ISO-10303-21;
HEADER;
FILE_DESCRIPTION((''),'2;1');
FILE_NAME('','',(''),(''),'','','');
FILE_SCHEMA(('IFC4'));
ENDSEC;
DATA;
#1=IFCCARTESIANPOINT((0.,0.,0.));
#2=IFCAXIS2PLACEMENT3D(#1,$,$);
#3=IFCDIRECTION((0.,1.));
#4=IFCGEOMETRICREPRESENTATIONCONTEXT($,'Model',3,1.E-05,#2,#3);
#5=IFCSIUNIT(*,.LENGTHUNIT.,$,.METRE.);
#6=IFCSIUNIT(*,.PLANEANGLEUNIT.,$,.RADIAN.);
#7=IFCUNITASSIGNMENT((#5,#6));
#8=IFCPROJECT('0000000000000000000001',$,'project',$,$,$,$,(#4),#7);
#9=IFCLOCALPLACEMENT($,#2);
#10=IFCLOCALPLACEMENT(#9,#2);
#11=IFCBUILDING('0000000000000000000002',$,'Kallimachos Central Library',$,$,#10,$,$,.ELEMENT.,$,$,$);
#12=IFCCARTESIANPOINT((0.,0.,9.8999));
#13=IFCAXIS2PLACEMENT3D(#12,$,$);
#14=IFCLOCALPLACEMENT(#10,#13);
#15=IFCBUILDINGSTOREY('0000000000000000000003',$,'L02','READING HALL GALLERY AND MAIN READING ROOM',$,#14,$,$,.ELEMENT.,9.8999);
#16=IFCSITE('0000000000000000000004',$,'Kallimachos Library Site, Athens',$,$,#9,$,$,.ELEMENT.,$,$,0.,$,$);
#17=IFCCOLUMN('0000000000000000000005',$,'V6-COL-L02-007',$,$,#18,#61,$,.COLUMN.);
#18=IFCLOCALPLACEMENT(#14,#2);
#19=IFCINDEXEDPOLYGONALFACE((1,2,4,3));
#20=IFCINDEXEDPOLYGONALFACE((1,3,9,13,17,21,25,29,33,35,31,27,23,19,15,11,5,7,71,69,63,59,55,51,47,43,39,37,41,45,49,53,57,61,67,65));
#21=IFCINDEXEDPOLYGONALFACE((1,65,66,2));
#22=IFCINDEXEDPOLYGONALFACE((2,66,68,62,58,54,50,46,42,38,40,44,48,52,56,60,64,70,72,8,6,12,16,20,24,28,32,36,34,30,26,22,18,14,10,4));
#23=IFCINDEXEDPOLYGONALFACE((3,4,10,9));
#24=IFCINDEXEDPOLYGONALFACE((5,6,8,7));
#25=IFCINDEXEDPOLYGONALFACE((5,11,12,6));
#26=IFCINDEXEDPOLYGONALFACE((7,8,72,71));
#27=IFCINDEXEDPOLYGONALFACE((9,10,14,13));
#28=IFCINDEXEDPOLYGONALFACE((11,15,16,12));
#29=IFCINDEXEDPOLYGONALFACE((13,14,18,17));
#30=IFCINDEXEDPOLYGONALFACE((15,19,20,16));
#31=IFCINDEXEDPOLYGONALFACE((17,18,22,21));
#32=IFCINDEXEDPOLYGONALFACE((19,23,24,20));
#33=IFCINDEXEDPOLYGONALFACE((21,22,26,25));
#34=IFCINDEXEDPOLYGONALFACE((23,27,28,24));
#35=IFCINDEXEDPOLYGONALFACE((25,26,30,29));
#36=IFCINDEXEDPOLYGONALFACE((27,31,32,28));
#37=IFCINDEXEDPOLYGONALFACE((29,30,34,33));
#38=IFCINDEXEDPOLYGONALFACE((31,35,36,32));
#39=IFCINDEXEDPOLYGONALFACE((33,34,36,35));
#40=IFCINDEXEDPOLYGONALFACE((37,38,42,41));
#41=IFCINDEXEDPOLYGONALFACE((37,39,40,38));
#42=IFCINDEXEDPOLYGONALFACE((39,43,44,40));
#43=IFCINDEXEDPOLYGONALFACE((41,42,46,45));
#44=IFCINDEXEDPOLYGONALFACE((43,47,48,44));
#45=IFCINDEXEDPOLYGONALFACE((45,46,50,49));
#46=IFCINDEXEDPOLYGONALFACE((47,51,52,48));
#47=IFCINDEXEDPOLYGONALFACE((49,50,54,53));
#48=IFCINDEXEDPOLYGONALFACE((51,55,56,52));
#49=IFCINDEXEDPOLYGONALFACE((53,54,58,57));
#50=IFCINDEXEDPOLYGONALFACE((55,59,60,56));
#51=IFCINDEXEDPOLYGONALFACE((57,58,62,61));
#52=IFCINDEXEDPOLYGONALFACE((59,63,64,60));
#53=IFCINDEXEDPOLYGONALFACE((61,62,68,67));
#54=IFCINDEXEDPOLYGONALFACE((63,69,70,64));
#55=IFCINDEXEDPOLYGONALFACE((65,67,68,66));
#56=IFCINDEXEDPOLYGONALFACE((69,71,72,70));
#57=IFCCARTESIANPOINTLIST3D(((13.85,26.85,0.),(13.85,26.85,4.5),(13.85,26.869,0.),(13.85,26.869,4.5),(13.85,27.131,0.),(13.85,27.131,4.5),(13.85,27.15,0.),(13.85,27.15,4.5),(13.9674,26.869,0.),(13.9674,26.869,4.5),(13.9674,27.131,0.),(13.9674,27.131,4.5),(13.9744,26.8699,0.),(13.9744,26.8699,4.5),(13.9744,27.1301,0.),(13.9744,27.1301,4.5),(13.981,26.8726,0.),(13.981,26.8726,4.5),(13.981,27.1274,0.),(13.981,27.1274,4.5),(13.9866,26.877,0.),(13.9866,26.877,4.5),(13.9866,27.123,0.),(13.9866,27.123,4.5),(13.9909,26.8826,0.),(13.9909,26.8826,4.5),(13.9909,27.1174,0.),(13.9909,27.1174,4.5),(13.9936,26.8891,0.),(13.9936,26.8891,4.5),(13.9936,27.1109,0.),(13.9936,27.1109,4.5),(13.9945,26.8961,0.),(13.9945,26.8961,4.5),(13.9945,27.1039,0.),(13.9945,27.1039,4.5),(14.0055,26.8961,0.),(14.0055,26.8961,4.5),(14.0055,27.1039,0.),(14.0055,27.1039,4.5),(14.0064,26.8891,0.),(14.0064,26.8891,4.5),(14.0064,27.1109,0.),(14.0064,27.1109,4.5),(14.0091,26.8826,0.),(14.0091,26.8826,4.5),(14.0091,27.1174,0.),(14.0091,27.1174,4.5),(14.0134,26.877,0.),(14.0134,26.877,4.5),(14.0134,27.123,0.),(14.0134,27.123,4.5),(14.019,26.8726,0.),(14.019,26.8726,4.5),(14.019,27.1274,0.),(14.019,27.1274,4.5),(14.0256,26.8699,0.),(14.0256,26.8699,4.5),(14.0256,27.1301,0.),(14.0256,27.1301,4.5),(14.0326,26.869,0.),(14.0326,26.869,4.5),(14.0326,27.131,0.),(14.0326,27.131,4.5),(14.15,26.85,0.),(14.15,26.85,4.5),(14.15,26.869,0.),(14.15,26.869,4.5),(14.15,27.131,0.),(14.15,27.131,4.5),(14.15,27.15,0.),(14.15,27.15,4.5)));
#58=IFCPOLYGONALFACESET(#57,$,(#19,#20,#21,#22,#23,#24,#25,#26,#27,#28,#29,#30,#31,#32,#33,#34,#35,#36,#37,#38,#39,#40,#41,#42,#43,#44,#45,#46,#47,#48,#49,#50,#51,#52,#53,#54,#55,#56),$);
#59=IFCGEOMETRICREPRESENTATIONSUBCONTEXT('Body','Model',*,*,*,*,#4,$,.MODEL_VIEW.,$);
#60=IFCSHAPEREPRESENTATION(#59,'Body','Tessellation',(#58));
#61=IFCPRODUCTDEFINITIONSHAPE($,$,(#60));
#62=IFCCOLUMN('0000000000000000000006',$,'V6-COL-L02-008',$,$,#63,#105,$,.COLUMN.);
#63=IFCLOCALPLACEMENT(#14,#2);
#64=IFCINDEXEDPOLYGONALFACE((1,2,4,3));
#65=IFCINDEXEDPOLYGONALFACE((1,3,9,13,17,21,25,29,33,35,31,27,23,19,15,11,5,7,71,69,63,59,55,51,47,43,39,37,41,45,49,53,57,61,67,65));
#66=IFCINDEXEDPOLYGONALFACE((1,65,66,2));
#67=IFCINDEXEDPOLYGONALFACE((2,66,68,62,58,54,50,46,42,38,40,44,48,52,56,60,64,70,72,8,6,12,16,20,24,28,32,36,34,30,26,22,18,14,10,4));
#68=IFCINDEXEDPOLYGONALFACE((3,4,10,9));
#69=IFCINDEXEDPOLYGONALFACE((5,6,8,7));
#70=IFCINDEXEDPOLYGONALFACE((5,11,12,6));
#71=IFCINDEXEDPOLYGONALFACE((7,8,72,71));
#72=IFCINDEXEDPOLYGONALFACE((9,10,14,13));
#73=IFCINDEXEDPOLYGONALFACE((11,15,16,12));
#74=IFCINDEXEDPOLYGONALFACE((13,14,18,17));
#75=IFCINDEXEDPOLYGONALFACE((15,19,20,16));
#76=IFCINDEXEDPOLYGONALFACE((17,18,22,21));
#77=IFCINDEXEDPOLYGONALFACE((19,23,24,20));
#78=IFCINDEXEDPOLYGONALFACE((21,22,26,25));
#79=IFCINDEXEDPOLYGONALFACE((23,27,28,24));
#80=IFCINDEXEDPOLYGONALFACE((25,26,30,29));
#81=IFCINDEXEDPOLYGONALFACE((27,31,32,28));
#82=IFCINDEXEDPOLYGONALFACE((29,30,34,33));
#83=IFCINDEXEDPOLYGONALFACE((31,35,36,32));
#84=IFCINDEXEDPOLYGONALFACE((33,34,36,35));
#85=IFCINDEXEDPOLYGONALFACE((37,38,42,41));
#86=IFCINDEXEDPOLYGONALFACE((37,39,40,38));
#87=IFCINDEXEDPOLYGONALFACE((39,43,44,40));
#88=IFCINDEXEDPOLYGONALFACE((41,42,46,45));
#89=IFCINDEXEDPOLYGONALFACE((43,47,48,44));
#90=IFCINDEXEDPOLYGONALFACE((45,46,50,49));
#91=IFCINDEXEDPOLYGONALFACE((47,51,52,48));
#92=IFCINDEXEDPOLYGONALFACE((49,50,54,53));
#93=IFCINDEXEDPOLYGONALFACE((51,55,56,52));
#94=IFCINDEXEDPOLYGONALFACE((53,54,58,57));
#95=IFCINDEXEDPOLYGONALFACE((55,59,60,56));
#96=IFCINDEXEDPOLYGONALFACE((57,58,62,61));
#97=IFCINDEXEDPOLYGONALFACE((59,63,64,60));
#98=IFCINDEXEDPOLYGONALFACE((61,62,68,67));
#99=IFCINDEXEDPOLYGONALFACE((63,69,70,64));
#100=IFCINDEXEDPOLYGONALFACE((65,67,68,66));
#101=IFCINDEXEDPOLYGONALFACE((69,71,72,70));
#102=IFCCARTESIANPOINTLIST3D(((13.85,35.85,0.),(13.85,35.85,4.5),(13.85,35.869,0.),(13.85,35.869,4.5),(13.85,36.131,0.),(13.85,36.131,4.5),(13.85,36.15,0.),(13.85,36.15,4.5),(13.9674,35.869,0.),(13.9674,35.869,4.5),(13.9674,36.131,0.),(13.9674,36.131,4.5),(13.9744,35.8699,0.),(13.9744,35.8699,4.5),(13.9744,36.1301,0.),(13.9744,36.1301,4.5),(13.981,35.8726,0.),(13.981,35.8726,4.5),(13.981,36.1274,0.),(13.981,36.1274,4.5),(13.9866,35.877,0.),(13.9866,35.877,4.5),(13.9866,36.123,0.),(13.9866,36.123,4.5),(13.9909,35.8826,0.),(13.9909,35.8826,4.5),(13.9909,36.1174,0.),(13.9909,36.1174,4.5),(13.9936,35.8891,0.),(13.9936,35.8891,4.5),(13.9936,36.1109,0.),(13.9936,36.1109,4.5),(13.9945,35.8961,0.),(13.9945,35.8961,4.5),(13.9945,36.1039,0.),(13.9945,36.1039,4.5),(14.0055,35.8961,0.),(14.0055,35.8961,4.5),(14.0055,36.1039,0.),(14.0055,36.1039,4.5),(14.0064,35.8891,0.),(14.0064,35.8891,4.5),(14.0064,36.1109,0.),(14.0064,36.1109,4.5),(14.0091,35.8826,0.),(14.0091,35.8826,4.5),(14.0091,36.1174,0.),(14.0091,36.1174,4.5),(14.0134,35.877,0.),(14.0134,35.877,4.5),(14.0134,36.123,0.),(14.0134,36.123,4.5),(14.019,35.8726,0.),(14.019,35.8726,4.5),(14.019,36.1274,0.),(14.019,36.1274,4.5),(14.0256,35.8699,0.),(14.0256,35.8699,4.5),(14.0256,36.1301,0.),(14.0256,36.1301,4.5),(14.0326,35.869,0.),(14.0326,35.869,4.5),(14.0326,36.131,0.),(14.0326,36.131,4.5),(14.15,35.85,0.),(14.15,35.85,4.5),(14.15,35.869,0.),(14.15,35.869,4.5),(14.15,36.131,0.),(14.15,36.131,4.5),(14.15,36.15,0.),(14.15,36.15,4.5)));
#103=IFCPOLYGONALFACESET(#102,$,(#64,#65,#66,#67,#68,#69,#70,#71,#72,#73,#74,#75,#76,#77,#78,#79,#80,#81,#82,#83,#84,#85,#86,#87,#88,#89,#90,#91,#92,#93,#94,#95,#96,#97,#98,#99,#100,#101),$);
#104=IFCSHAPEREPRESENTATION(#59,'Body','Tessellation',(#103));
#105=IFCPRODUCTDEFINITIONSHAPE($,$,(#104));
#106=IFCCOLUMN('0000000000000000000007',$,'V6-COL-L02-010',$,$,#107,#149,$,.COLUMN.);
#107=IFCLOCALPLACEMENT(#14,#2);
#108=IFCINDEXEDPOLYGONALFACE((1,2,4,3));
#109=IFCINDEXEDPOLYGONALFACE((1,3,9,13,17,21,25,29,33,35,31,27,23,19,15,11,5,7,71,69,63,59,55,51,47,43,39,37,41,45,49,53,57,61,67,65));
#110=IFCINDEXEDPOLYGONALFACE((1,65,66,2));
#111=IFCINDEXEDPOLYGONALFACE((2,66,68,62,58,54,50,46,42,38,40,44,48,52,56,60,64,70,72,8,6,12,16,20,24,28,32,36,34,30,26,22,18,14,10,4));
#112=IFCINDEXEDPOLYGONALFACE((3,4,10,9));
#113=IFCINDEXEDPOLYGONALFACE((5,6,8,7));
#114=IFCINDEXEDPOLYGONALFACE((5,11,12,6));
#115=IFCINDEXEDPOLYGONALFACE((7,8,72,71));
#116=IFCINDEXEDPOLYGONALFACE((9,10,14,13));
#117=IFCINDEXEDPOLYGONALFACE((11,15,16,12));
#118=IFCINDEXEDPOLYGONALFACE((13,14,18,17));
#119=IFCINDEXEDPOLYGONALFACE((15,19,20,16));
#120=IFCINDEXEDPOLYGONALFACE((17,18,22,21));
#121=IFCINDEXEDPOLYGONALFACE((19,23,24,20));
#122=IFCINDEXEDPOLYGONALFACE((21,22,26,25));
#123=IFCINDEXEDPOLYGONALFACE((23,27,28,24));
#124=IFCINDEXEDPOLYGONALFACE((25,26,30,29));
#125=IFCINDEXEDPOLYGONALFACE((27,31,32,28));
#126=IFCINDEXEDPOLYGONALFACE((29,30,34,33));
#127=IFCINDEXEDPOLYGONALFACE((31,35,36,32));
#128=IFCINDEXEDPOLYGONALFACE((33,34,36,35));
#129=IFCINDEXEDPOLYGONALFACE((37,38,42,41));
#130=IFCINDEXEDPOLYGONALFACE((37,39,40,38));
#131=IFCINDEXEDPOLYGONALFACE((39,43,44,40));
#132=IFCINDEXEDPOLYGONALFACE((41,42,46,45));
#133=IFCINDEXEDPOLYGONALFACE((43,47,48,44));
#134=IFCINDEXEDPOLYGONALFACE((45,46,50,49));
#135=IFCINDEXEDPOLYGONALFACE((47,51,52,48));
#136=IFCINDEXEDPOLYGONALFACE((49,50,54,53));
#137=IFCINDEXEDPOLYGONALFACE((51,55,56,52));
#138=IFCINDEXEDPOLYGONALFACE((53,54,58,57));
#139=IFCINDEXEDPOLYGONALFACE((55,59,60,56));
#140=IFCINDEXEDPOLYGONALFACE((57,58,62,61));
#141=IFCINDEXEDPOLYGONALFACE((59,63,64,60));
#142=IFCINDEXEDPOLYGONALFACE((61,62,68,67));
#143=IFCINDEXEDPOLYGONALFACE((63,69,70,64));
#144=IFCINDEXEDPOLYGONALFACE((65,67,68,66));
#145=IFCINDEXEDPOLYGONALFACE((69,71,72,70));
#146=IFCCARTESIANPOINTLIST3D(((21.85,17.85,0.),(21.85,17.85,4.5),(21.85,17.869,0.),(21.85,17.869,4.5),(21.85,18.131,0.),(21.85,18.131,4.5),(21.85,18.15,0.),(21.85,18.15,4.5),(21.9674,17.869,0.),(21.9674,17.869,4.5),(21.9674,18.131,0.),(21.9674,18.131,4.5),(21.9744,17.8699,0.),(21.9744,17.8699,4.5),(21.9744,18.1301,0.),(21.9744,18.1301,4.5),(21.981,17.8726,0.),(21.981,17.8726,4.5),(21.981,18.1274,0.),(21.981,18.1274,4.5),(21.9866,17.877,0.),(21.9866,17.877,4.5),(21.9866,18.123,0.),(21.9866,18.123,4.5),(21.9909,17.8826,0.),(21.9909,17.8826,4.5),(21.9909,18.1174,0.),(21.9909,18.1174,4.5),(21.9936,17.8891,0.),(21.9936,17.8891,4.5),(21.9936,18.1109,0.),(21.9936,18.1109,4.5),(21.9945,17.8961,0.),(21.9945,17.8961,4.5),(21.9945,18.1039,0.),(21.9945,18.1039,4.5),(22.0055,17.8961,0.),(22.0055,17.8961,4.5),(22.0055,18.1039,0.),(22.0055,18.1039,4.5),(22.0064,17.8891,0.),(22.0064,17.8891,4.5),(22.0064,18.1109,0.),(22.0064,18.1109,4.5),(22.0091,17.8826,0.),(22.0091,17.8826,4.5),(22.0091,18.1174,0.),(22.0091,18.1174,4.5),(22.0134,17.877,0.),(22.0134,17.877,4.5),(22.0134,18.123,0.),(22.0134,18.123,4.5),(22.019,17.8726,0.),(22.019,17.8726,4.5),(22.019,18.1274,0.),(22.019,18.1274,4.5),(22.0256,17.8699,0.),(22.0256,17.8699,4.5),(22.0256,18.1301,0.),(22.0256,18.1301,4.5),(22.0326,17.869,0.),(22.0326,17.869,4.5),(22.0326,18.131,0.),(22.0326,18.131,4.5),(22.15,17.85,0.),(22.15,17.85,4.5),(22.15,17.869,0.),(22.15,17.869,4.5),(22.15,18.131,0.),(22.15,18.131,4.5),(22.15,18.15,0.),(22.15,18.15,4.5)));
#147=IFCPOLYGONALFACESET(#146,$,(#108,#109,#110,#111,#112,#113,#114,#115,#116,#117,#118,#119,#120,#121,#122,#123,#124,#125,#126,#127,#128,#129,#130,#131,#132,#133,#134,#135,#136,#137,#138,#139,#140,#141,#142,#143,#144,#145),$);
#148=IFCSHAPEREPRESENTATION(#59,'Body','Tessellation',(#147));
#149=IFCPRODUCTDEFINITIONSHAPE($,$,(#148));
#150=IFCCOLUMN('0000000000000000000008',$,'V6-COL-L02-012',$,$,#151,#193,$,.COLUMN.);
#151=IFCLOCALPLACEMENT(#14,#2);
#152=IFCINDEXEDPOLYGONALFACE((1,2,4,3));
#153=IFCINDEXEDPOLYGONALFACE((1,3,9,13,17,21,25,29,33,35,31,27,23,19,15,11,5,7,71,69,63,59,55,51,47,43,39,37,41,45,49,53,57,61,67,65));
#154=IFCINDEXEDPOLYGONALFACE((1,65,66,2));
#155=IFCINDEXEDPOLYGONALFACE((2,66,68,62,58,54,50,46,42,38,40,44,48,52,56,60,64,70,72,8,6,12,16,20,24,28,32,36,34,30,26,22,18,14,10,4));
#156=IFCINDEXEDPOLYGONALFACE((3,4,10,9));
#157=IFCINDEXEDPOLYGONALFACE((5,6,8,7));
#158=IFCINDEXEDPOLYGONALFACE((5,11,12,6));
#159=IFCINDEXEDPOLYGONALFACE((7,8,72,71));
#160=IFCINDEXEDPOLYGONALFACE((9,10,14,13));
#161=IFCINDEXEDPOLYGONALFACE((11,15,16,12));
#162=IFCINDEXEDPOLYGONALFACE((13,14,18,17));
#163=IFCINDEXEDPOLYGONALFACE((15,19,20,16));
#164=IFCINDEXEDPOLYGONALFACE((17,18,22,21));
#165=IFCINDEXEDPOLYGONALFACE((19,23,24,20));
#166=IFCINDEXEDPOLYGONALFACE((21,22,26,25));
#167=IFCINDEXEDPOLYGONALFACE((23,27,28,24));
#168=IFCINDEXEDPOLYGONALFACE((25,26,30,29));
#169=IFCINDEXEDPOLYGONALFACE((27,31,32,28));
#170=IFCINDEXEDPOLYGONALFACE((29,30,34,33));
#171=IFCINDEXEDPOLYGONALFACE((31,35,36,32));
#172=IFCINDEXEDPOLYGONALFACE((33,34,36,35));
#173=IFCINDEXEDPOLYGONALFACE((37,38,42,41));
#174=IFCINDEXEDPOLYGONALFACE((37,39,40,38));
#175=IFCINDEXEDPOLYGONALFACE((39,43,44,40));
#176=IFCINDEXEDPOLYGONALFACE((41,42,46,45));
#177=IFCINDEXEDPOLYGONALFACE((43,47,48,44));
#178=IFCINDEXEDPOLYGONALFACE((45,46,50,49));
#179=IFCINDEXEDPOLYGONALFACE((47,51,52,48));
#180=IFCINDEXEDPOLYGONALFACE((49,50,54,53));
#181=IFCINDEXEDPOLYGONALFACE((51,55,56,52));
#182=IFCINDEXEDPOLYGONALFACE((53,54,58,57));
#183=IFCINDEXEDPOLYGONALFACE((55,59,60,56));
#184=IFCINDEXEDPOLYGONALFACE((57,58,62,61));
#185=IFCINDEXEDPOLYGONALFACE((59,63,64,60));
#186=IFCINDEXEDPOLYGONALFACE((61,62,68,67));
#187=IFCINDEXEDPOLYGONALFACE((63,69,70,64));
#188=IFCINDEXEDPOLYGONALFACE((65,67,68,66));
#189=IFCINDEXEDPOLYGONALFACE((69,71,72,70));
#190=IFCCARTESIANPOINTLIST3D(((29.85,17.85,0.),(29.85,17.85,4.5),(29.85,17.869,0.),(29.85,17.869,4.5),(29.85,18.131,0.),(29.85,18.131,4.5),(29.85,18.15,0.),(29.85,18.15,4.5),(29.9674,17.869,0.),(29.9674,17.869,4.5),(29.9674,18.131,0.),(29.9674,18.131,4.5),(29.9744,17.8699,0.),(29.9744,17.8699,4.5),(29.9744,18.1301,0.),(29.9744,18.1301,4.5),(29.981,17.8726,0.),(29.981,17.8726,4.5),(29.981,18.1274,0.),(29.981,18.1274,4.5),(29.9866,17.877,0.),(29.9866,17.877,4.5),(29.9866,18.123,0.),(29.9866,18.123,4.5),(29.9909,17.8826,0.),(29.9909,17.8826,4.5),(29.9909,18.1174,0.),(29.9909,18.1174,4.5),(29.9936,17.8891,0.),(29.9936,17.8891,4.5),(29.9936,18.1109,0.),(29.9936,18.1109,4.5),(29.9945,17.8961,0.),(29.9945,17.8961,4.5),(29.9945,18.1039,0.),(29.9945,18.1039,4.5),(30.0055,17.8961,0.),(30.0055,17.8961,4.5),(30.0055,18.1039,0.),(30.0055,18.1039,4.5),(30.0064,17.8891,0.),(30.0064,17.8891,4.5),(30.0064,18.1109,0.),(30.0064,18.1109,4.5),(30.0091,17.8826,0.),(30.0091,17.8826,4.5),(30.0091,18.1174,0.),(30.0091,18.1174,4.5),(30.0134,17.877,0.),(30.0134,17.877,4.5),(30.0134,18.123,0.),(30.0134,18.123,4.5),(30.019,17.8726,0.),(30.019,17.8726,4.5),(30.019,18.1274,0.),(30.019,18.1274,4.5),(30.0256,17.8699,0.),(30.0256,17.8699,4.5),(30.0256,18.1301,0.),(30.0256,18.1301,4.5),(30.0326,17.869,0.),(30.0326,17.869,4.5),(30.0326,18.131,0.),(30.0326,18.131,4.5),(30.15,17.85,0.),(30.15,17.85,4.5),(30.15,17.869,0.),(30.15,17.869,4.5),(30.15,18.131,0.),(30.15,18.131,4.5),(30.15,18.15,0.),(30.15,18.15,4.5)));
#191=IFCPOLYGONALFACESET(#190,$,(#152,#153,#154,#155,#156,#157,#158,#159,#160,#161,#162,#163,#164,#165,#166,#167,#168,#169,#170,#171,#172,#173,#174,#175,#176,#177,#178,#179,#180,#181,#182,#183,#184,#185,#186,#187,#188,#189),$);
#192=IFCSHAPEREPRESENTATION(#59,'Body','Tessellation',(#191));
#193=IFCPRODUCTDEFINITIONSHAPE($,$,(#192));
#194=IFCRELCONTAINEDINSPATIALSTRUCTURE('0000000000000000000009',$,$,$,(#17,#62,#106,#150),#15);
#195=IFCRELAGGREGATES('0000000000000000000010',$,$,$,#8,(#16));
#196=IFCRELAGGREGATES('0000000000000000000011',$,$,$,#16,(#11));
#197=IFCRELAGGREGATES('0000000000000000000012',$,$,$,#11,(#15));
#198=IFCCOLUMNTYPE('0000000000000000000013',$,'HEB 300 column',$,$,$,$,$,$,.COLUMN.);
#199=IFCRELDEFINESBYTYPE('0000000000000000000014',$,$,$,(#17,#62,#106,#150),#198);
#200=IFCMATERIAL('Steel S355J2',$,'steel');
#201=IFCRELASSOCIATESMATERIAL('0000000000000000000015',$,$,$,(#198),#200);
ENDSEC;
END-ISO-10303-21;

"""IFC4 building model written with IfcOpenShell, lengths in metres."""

from ifc_helpers import new_model, si_unit, direction, frame, origin, origin_2d, place, context, subcontext, project, spatial, i_section, extrude, material, material_profile, profile_set, type_object, element, save


model = new_model("IFC4")

# Units and contexts
model_context = context("Model", 3, precision=1e-05, world=origin(), true_north=direction((0.0, 1.0)))
body_context = subcontext(model_context, "Body", "Model", "MODEL_VIEW")
ifc_project = project(units=[si_unit("LENGTHUNIT", "METRE"), si_unit("PLANEANGLEUNIT", "RADIAN")], contexts=[model_context])

# Site, building, storey
site_placement = place(None, origin())
site = spatial("IfcSite", under=ifc_project, at=site_placement, Name="Kallimachos Library Site, Athens", CompositionType="ELEMENT", RefElevation=0.0)
building_placement = place(site_placement, origin())
building = spatial("IfcBuilding", under=site, at=building_placement, Name="Kallimachos Central Library", CompositionType="ELEMENT")
storey_placement = place(building_placement, frame((0.0, 0.0, 9.8999)))
storey = spatial("IfcBuildingStorey", under=building, at=storey_placement, Name="L02", Description="READING HALL GALLERY AND MAIN READING ROOM", CompositionType="ELEMENT", Elevation=9.8999)

# Columns
ifc_material_1 = material(Name="Steel S355J2", Category="steel")
ifc_material_profile_1 = material_profile(ifc_material_1, i_section(OverallWidth=0.3, OverallDepth=0.3, WebThickness=0.011, FlangeThickness=0.019, FilletRadius=0.0271, at=origin_2d()), Name="HEB 300")
ifc_profile_set_1 = profile_set([ifc_material_profile_1], Name="Steel S355J2")
column_type = type_object("IfcColumnType", Name="HEB 300 column", PredefinedType="COLUMN", material=ifc_profile_set_1)
for number, where, z_axis, x_axis, name in (
    (1, (14.0, 27.0, 0.0), (0.0, 0.0, 1.0), (1.0, 0.0, 0.0), "V6-COL-L02-007"),
    (2, (14.0, 36.0, 0.0), (0.0, 0.0, 1.0), (1.0, 0.0, 0.0), "V6-COL-L02-008"),
    (3, (22.0, 18.0, 0.0), (0.0, 0.0, 1.0), (1.0, 0.0, 0.0), "V6-COL-L02-010"),
    (4, (30.0, 18.0, 0.0), (0.0, 0.0, 1.0), (1.0, 0.0, 0.0), "V6-COL-L02-012"),
):
    element("IfcColumn", number, at=place(storey_placement, frame(where, z_axis=z_axis, x_axis=x_axis)), inside=storey, type_object=column_type, Name=name, PredefinedType="COLUMN", context=body_context, shape_type="SweptSolid", body=[
        extrude(i_section(OverallWidth=0.3, OverallDepth=0.3, WebThickness=0.011, FlangeThickness=0.019, FilletRadius=0.0271, at=origin_2d()), origin(), (0.0, 0.0, 1.0), 4.5),
    ])

save(model, "model.ifc")
